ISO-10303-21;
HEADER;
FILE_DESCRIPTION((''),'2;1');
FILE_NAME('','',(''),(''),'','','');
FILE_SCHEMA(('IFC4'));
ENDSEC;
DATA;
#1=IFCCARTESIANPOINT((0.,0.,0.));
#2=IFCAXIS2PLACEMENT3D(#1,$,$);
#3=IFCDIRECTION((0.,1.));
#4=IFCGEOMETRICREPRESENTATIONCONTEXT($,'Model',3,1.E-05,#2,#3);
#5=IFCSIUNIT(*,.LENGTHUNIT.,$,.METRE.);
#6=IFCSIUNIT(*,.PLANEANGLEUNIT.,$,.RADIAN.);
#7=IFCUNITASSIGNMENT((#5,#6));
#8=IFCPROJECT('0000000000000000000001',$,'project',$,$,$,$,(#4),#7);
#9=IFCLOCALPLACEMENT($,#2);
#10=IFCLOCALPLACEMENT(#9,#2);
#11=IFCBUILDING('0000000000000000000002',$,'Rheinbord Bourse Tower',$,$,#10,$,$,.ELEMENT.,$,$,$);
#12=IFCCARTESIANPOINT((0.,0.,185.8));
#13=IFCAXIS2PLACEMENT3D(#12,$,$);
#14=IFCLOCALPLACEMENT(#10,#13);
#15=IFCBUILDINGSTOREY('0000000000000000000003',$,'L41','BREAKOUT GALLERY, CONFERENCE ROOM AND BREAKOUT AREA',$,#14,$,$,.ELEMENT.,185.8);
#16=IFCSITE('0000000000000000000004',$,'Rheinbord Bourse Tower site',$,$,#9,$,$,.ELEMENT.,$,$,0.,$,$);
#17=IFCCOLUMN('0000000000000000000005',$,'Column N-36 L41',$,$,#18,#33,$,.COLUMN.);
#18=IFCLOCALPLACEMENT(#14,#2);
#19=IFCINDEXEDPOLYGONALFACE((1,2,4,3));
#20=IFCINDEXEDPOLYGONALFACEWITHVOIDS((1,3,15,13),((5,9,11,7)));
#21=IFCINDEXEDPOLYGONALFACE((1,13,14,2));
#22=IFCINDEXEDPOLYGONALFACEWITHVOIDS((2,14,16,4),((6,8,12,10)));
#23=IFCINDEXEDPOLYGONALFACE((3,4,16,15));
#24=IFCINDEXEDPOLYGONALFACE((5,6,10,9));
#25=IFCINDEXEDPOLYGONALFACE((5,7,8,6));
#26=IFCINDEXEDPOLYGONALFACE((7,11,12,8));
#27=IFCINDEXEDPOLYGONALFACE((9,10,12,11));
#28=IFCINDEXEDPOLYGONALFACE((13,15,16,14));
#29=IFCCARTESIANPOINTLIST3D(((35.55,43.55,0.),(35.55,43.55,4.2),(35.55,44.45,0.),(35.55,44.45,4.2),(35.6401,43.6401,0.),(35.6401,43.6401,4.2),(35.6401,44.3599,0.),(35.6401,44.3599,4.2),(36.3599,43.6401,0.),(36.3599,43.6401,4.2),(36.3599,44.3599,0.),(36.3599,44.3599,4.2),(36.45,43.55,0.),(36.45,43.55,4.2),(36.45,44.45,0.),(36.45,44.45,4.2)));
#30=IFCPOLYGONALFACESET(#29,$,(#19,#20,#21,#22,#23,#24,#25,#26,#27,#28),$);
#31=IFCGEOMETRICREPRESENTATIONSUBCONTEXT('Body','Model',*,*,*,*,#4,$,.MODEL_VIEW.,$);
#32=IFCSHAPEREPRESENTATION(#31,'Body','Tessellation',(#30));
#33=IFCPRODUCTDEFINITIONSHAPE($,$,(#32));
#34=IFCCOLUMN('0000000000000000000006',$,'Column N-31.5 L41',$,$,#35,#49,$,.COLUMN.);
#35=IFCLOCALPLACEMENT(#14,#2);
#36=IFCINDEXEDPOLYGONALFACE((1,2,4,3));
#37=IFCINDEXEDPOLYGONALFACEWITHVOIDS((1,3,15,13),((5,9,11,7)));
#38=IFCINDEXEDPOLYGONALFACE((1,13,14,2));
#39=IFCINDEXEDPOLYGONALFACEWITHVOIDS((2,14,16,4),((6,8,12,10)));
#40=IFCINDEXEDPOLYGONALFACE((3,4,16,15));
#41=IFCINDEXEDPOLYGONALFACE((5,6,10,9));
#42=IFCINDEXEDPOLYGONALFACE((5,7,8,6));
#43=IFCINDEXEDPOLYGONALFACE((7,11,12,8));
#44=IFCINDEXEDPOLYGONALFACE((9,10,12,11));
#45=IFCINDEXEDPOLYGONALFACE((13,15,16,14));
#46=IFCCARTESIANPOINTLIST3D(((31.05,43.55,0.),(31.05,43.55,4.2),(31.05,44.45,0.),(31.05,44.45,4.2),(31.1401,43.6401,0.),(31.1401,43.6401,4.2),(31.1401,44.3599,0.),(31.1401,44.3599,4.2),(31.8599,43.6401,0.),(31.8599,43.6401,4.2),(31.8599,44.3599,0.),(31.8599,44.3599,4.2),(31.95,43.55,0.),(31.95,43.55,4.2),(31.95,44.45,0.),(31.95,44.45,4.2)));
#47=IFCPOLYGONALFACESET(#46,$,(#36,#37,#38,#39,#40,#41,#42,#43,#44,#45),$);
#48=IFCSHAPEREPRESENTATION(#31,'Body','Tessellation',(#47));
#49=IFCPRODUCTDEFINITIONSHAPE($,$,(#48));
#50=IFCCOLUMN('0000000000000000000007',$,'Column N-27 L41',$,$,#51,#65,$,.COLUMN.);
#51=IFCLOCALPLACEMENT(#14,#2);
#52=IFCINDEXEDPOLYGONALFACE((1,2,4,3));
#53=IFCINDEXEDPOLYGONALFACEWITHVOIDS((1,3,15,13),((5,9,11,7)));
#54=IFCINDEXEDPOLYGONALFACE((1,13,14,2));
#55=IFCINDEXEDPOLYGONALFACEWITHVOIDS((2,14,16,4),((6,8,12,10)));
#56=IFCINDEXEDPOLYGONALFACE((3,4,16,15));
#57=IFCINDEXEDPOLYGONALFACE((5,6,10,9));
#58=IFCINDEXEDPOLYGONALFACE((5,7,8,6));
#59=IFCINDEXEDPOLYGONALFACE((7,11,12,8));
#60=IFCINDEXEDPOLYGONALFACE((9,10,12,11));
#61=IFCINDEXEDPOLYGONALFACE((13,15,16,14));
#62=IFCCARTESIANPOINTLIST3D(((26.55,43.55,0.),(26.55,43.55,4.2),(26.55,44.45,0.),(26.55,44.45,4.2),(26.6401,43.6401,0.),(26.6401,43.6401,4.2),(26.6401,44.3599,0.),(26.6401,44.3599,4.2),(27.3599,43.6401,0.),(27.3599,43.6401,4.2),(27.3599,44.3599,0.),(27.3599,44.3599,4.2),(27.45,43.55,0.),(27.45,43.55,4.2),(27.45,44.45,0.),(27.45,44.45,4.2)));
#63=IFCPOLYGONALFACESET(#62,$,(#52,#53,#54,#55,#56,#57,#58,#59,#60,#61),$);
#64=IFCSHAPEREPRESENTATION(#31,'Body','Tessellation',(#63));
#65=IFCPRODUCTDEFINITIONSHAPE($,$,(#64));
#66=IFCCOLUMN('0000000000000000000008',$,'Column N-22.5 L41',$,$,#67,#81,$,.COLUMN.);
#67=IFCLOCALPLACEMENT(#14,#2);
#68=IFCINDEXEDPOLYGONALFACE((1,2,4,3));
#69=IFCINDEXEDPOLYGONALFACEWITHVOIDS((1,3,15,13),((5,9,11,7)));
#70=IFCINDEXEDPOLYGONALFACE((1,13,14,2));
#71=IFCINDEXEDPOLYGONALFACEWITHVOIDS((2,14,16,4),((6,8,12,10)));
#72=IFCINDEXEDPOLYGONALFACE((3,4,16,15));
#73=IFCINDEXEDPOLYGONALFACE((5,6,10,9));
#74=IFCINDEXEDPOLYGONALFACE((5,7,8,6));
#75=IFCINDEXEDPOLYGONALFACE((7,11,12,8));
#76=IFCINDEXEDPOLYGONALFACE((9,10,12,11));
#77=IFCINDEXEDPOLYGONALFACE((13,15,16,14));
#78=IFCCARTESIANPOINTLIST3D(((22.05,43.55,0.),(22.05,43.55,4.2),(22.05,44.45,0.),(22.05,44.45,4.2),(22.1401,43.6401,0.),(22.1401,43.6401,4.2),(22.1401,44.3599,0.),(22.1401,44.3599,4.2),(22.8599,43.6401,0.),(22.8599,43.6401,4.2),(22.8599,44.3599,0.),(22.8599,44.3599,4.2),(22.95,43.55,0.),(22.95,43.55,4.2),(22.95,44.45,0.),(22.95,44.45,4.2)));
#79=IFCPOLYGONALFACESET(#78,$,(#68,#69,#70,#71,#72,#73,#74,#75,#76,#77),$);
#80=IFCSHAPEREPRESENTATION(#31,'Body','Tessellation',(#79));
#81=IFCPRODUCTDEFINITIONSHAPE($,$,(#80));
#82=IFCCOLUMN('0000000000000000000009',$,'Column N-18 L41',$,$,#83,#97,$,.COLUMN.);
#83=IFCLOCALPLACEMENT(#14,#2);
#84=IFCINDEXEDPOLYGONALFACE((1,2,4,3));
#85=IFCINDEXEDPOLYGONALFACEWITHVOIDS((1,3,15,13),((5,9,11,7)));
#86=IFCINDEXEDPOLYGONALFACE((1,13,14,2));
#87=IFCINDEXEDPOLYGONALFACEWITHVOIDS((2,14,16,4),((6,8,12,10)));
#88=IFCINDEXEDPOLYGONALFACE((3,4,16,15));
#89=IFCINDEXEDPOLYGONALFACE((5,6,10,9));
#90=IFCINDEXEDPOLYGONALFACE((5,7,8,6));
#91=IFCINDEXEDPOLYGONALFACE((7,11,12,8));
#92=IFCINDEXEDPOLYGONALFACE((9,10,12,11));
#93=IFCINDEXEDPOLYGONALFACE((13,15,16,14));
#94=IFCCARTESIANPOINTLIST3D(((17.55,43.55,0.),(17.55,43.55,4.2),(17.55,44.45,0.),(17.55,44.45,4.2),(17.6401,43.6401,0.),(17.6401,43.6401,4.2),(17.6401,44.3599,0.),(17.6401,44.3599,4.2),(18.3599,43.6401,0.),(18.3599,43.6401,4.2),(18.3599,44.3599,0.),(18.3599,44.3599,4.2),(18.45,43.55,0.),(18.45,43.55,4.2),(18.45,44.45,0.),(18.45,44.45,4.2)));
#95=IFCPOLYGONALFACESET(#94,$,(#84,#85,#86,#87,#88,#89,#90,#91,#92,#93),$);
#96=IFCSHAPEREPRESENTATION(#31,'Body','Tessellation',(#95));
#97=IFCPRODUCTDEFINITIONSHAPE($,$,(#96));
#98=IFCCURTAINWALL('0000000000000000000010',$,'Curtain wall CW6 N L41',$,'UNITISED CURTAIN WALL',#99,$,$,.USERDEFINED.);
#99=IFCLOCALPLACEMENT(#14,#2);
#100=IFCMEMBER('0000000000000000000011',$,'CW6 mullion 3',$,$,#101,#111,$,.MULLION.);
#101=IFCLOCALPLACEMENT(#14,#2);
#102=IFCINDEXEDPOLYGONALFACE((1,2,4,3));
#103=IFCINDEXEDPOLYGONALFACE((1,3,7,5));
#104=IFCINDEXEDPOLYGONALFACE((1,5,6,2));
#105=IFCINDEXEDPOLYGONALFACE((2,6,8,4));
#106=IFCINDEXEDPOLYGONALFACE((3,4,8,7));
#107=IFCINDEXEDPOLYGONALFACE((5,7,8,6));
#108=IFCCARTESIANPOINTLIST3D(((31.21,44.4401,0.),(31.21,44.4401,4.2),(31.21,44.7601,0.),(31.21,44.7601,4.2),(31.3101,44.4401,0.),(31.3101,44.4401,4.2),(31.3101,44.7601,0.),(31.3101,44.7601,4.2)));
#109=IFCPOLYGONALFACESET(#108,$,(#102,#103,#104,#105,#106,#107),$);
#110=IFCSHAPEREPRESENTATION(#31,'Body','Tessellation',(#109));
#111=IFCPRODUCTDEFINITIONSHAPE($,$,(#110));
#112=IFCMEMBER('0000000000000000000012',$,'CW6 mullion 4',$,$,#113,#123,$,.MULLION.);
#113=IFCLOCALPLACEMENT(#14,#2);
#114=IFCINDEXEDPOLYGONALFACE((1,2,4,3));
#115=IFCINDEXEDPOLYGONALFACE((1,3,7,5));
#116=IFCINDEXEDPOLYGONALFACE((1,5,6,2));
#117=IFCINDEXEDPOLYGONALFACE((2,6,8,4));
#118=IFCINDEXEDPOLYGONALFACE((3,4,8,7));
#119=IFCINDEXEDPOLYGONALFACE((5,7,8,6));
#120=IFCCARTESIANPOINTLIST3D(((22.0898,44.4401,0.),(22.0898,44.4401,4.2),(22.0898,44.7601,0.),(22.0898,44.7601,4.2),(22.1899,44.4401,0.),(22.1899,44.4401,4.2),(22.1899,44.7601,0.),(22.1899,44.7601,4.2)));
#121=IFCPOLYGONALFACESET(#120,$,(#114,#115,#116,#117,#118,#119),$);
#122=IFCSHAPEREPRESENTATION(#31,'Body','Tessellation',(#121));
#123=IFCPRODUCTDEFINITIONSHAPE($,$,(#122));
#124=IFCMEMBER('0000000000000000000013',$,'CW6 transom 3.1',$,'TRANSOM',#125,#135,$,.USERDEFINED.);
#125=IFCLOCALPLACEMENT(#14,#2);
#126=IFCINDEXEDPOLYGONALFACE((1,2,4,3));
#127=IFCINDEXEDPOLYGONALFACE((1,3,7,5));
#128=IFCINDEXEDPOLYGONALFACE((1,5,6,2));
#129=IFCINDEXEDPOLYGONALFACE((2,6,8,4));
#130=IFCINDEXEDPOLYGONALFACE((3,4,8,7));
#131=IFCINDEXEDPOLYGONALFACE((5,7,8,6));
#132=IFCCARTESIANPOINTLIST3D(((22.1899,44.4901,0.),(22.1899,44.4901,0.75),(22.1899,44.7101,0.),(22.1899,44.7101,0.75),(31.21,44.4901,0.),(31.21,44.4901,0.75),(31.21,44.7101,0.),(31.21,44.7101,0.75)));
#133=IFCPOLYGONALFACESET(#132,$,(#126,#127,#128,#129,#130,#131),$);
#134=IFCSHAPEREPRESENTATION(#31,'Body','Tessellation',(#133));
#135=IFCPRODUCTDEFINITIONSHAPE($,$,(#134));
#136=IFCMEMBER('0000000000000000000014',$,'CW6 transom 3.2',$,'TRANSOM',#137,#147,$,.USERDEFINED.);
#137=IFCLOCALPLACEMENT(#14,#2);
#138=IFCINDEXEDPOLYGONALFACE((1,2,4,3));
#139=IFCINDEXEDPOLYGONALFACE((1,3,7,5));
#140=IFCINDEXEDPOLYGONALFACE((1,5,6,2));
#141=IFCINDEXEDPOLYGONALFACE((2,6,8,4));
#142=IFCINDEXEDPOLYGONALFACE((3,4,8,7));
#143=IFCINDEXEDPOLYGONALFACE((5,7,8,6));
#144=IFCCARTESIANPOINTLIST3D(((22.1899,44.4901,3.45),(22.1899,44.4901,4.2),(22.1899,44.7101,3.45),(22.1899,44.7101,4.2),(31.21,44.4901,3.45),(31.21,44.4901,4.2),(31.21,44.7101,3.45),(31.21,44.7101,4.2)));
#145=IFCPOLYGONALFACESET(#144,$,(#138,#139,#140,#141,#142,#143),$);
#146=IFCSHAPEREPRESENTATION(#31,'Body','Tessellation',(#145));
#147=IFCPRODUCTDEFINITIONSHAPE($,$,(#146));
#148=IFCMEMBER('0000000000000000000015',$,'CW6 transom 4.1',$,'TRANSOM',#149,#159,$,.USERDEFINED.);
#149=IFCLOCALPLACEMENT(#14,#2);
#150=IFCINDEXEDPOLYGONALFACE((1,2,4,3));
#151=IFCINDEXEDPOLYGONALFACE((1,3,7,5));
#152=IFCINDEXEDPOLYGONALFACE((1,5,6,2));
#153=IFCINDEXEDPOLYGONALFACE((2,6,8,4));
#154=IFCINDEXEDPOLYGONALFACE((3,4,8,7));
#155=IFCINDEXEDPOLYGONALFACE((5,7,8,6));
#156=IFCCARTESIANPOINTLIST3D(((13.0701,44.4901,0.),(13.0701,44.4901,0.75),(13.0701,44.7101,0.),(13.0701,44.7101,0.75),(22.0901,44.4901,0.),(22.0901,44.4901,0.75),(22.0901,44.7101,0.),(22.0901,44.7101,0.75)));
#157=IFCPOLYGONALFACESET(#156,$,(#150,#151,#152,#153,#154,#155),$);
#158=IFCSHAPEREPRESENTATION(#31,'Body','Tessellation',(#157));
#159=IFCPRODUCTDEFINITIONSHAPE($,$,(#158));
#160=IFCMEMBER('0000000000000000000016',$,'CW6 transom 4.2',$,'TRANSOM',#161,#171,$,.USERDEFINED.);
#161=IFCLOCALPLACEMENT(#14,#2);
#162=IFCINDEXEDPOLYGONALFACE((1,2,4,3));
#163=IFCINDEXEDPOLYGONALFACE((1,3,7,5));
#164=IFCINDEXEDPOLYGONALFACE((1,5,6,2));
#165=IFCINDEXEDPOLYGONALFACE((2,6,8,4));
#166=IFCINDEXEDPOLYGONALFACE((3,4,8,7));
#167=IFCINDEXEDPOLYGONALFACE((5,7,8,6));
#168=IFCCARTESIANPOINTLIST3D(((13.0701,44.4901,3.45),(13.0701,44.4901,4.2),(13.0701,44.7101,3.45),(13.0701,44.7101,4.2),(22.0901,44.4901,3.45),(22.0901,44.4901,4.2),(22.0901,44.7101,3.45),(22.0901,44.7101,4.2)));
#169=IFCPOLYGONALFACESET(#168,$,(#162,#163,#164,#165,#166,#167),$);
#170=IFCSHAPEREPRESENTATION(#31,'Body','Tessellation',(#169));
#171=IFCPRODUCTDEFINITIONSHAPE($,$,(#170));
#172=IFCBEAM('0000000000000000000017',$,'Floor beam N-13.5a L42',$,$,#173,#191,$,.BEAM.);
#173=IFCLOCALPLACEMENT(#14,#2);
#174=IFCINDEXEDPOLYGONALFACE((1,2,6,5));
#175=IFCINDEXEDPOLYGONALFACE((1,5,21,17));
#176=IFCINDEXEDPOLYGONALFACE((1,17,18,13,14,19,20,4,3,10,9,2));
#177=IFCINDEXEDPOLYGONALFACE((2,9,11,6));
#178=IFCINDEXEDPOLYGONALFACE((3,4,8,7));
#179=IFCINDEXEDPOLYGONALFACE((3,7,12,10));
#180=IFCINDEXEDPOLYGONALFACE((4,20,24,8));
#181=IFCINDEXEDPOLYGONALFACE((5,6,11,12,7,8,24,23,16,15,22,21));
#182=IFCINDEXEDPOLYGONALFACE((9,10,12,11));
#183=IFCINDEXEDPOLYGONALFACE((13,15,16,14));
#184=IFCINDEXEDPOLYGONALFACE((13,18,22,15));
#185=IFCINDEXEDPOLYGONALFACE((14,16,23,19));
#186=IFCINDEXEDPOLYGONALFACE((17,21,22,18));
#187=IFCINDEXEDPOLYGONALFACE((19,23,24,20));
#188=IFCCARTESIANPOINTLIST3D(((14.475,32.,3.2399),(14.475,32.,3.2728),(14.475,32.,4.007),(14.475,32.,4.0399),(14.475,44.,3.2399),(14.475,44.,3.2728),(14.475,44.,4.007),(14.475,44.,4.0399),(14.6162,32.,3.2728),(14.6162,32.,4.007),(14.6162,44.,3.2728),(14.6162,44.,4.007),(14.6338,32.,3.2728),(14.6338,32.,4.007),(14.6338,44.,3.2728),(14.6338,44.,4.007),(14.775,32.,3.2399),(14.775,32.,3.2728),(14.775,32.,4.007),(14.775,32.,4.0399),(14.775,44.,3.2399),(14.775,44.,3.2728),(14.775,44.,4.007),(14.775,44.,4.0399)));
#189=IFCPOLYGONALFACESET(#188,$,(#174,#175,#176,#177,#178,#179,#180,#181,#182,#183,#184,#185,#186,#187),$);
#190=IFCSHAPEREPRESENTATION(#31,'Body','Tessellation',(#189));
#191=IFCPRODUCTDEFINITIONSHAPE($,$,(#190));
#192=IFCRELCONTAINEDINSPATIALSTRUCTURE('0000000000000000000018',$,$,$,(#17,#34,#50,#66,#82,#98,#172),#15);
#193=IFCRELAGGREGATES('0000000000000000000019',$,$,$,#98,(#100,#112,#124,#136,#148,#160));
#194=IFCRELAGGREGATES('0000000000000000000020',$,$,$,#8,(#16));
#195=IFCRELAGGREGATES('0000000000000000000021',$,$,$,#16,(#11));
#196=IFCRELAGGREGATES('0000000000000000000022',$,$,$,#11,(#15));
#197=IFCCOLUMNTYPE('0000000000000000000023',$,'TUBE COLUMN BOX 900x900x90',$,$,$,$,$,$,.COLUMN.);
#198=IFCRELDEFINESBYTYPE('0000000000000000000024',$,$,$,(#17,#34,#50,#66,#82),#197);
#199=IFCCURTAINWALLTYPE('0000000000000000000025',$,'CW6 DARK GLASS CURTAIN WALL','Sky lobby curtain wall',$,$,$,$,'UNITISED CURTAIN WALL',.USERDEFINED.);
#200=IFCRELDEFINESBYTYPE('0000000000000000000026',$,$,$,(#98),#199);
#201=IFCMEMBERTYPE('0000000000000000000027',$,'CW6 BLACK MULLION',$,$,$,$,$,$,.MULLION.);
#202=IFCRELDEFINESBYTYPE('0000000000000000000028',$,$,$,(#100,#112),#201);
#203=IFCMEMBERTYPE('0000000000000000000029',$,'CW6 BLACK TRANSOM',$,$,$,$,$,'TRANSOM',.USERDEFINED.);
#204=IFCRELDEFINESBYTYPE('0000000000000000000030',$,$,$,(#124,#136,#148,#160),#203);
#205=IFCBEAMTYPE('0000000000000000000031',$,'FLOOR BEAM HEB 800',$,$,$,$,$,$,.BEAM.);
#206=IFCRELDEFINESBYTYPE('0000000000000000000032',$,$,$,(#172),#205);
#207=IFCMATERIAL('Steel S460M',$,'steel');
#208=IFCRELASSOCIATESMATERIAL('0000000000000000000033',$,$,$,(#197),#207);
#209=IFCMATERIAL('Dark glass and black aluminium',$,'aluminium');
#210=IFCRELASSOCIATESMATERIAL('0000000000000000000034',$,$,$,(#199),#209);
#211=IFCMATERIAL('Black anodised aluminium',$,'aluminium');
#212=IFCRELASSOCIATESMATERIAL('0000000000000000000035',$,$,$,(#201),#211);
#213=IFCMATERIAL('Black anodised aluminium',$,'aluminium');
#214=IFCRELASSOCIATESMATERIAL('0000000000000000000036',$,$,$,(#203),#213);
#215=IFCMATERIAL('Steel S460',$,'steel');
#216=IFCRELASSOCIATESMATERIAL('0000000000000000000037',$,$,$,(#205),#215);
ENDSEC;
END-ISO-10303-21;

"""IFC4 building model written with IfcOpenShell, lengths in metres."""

from ifc_helpers import new_model, si_unit, direction, frame, origin, origin_2d, place, context, subcontext, project, spatial, rectangle, hollow_rectangle, i_section, extrude, material, material_profile, profile_set, type_object, element, aggregate, save


model = new_model("IFC4")

# Units and contexts
model_context = context("Model", 3, precision=1e-05, world=origin(), true_north=direction((0.0, 1.0)))
body_context = subcontext(model_context, "Body", "Model", "MODEL_VIEW")
ifc_project = project(units=[si_unit("LENGTHUNIT", "METRE"), si_unit("PLANEANGLEUNIT", "RADIAN")], contexts=[model_context])

# Site, building, storey
site_placement = place(None, origin())
site = spatial("IfcSite", under=ifc_project, at=site_placement, Name="Rheinbord Bourse Tower site", CompositionType="ELEMENT", RefElevation=0.0)
building_placement = place(site_placement, origin())
building = spatial("IfcBuilding", under=site, at=building_placement, Name="Rheinbord Bourse Tower", CompositionType="ELEMENT")
storey_placement = place(building_placement, frame((0.0, 0.0, 185.8)))
storey = spatial("IfcBuildingStorey", under=building, at=storey_placement, Name="L41", Description="BREAKOUT GALLERY, CONFERENCE ROOM AND BREAKOUT AREA", CompositionType="ELEMENT", Elevation=185.8)

# Columns
ifc_material_1 = material(Name="Steel S460M", Category="steel")
ifc_material_profile_1 = material_profile(ifc_material_1, hollow_rectangle(XDim=0.8999, YDim=0.8999, WallThickness=0.0901, at=origin_2d()), Name="BOX 900x900x90")
ifc_profile_set_1 = profile_set([ifc_material_profile_1], Name="Steel S460M")
column_type = type_object("IfcColumnType", Name="TUBE COLUMN BOX 900x900x90", PredefinedType="COLUMN", material=ifc_profile_set_1)
for number, where, z_axis, x_axis, name in (
    (1, (36.0, 44.0, 0.0), (0.0, 0.0, 1.0), (0.0, 1.0, 0.0), "Column N-36 L41"),
    (2, (31.5, 44.0, 0.0), (0.0, 0.0, 1.0), (0.0, 1.0, 0.0), "Column N-31.5 L41"),
    (3, (27.0, 44.0, 0.0), (0.0, 0.0, 1.0), (0.0, 1.0, 0.0), "Column N-27 L41"),
    (4, (22.5, 44.0, 0.0), (0.0, 0.0, 1.0), (0.0, 1.0, 0.0), "Column N-22.5 L41"),
    (5, (18.0, 44.0, 0.0), (0.0, 0.0, 1.0), (0.0, 1.0, 0.0), "Column N-18 L41"),
):
    element("IfcColumn", number, at=place(storey_placement, frame(where, z_axis=z_axis, x_axis=x_axis)), inside=storey, type_object=column_type, Name=name, PredefinedType="COLUMN", context=body_context, shape_type="SweptSolid", body=[
        extrude(hollow_rectangle(XDim=0.8999, YDim=0.8999, WallThickness=0.0901, at=origin_2d()), origin(), (0.0, 0.0, 1.0), 4.2),
    ])

# Curtain wall, members
ifc_material_2 = material(Name="Dark glass and black aluminium", Category="aluminium")
curtain_wall_type = type_object("IfcCurtainWallType", Name="CW6 DARK GLASS CURTAIN WALL", Description="Sky lobby curtain wall", ElementType="UNITISED CURTAIN WALL", PredefinedType="USERDEFINED", material=ifc_material_2)
curtain_wall_placement = place(storey_placement, origin())
curtain_wall = element("IfcCurtainWall", 6, at=curtain_wall_placement, inside=storey, type_object=curtain_wall_type, Name="Curtain wall CW6 N L41", ObjectType="UNITISED CURTAIN WALL", PredefinedType="USERDEFINED")
ifc_material_3 = material(Name="Black anodised aluminium", Category="aluminium")
ifc_material_profile_2 = material_profile(ifc_material_3, rectangle(XDim=0.3201, YDim=0.1001, at=origin_2d()), Name="CW6 MULLION 100x320")
ifc_profile_set_2 = profile_set([ifc_material_profile_2], Name="Black anodised aluminium")
member_type_1 = type_object("IfcMemberType", Name="CW6 BLACK MULLION", PredefinedType="MULLION", material=ifc_profile_set_2)
member_1_placement = place(storey_placement, frame((31.26, 44.6001, 0.0), z_axis=(0.0, 0.0, 1.0), x_axis=(0.0, -1.0, 0.0)))
member_1 = element("IfcMember", 7, at=member_1_placement, type_object=member_type_1, Name="CW6 mullion 3", PredefinedType="MULLION", context=body_context, shape_type="SweptSolid", body=[
    extrude(rectangle(XDim=0.3201, YDim=0.1001, at=origin_2d()), origin(), (0.0, 0.0, 1.0), 4.2),
])
member_2_placement = place(storey_placement, frame((22.1399, 44.6001, 0.0), z_axis=(0.0, 0.0, 1.0), x_axis=(0.0, -1.0, 0.0)))
member_2 = element("IfcMember", 8, at=member_2_placement, type_object=member_type_1, Name="CW6 mullion 4", PredefinedType="MULLION", context=body_context, shape_type="SweptSolid", body=[
    extrude(rectangle(XDim=0.3201, YDim=0.1001, at=origin_2d()), origin(), (0.0, 0.0, 1.0), 4.2),
])
ifc_material_4 = material(Name="Black anodised aluminium", Category="aluminium")
ifc_material_profile_3 = material_profile(ifc_material_4, rectangle(XDim=0.22, YDim=0.75, at=origin_2d()), Name="CW6 TRANSOM 750x220")
ifc_profile_set_3 = profile_set([ifc_material_profile_3], Name="Black anodised aluminium")
member_type_2 = type_object("IfcMemberType", Name="CW6 BLACK TRANSOM", ElementType="TRANSOM", PredefinedType="USERDEFINED", material=ifc_profile_set_3)
member_3_placement = place(storey_placement, frame((31.21, 44.6001, 0.375), z_axis=(-1.0, 0.0, 0.0), x_axis=(0.0, -1.0, 0.0)))
member_3 = element("IfcMember", 9, at=member_3_placement, type_object=member_type_2, Name="CW6 transom 3.1", ObjectType="TRANSOM", PredefinedType="USERDEFINED", context=body_context, shape_type="SweptSolid", body=[
    extrude(rectangle(XDim=0.22, YDim=0.75, at=origin_2d()), origin(), (0.0, 0.0, 1.0), 9.02),
])
member_4_placement = place(storey_placement, frame((31.21, 44.6001, 3.825), z_axis=(-1.0, 0.0, 0.0), x_axis=(0.0, -1.0, 0.0)))
member_4 = element("IfcMember", 10, at=member_4_placement, type_object=member_type_2, Name="CW6 transom 3.2", ObjectType="TRANSOM", PredefinedType="USERDEFINED", context=body_context, shape_type="SweptSolid", body=[
    extrude(rectangle(XDim=0.22, YDim=0.75, at=origin_2d()), origin(), (0.0, 0.0, 1.0), 9.02),
])
member_5_placement = place(storey_placement, frame((22.0901, 44.6001, 0.375), z_axis=(-1.0, 0.0, 0.0), x_axis=(0.0, -1.0, 0.0)))
member_5 = element("IfcMember", 11, at=member_5_placement, type_object=member_type_2, Name="CW6 transom 4.1", ObjectType="TRANSOM", PredefinedType="USERDEFINED", context=body_context, shape_type="SweptSolid", body=[
    extrude(rectangle(XDim=0.22, YDim=0.75, at=origin_2d()), origin(), (0.0, 0.0, 1.0), 9.02),
])
member_6_placement = place(storey_placement, frame((22.0901, 44.6001, 3.825), z_axis=(-1.0, 0.0, 0.0), x_axis=(0.0, -1.0, 0.0)))
member_6 = element("IfcMember", 12, at=member_6_placement, type_object=member_type_2, Name="CW6 transom 4.2", ObjectType="TRANSOM", PredefinedType="USERDEFINED", context=body_context, shape_type="SweptSolid", body=[
    extrude(rectangle(XDim=0.22, YDim=0.75, at=origin_2d()), origin(), (0.0, 0.0, 1.0), 9.02),
])

# Beam
ifc_material_5 = material(Name="Steel S460", Category="steel")
ifc_material_profile_4 = material_profile(ifc_material_5, i_section(OverallWidth=0.3, OverallDepth=0.8, WebThickness=0.0176, FlangeThickness=0.033, at=origin_2d()), Name="HEB 800")
ifc_profile_set_4 = profile_set([ifc_material_profile_4], Name="Steel S460")
beam_type_1 = type_object("IfcBeamType", Name="FLOOR BEAM HEB 800", PredefinedType="BEAM", material=ifc_profile_set_4)
for number, where, z_axis, x_axis, name in (
    (13, (14.625, 44.0, 3.6399), (0.0, -1.0, 0.0), (1.0, 0.0, 0.0), "Floor beam N-13.5a L42"),
):
    element("IfcBeam", number, at=place(storey_placement, frame(where, z_axis=z_axis, x_axis=x_axis)), inside=storey, type_object=beam_type_1, Name=name, PredefinedType="BEAM", context=body_context, shape_type="SweptSolid", body=[
        extrude(i_section(OverallWidth=0.3, OverallDepth=0.8, WebThickness=0.0176, FlangeThickness=0.033, at=origin_2d()), origin(), (0.0, 0.0, 1.0), 12.0),
    ])

aggregate(curtain_wall, [member_1, member_2, member_3, member_4, member_5, member_6])

save(model, "model.ifc")
